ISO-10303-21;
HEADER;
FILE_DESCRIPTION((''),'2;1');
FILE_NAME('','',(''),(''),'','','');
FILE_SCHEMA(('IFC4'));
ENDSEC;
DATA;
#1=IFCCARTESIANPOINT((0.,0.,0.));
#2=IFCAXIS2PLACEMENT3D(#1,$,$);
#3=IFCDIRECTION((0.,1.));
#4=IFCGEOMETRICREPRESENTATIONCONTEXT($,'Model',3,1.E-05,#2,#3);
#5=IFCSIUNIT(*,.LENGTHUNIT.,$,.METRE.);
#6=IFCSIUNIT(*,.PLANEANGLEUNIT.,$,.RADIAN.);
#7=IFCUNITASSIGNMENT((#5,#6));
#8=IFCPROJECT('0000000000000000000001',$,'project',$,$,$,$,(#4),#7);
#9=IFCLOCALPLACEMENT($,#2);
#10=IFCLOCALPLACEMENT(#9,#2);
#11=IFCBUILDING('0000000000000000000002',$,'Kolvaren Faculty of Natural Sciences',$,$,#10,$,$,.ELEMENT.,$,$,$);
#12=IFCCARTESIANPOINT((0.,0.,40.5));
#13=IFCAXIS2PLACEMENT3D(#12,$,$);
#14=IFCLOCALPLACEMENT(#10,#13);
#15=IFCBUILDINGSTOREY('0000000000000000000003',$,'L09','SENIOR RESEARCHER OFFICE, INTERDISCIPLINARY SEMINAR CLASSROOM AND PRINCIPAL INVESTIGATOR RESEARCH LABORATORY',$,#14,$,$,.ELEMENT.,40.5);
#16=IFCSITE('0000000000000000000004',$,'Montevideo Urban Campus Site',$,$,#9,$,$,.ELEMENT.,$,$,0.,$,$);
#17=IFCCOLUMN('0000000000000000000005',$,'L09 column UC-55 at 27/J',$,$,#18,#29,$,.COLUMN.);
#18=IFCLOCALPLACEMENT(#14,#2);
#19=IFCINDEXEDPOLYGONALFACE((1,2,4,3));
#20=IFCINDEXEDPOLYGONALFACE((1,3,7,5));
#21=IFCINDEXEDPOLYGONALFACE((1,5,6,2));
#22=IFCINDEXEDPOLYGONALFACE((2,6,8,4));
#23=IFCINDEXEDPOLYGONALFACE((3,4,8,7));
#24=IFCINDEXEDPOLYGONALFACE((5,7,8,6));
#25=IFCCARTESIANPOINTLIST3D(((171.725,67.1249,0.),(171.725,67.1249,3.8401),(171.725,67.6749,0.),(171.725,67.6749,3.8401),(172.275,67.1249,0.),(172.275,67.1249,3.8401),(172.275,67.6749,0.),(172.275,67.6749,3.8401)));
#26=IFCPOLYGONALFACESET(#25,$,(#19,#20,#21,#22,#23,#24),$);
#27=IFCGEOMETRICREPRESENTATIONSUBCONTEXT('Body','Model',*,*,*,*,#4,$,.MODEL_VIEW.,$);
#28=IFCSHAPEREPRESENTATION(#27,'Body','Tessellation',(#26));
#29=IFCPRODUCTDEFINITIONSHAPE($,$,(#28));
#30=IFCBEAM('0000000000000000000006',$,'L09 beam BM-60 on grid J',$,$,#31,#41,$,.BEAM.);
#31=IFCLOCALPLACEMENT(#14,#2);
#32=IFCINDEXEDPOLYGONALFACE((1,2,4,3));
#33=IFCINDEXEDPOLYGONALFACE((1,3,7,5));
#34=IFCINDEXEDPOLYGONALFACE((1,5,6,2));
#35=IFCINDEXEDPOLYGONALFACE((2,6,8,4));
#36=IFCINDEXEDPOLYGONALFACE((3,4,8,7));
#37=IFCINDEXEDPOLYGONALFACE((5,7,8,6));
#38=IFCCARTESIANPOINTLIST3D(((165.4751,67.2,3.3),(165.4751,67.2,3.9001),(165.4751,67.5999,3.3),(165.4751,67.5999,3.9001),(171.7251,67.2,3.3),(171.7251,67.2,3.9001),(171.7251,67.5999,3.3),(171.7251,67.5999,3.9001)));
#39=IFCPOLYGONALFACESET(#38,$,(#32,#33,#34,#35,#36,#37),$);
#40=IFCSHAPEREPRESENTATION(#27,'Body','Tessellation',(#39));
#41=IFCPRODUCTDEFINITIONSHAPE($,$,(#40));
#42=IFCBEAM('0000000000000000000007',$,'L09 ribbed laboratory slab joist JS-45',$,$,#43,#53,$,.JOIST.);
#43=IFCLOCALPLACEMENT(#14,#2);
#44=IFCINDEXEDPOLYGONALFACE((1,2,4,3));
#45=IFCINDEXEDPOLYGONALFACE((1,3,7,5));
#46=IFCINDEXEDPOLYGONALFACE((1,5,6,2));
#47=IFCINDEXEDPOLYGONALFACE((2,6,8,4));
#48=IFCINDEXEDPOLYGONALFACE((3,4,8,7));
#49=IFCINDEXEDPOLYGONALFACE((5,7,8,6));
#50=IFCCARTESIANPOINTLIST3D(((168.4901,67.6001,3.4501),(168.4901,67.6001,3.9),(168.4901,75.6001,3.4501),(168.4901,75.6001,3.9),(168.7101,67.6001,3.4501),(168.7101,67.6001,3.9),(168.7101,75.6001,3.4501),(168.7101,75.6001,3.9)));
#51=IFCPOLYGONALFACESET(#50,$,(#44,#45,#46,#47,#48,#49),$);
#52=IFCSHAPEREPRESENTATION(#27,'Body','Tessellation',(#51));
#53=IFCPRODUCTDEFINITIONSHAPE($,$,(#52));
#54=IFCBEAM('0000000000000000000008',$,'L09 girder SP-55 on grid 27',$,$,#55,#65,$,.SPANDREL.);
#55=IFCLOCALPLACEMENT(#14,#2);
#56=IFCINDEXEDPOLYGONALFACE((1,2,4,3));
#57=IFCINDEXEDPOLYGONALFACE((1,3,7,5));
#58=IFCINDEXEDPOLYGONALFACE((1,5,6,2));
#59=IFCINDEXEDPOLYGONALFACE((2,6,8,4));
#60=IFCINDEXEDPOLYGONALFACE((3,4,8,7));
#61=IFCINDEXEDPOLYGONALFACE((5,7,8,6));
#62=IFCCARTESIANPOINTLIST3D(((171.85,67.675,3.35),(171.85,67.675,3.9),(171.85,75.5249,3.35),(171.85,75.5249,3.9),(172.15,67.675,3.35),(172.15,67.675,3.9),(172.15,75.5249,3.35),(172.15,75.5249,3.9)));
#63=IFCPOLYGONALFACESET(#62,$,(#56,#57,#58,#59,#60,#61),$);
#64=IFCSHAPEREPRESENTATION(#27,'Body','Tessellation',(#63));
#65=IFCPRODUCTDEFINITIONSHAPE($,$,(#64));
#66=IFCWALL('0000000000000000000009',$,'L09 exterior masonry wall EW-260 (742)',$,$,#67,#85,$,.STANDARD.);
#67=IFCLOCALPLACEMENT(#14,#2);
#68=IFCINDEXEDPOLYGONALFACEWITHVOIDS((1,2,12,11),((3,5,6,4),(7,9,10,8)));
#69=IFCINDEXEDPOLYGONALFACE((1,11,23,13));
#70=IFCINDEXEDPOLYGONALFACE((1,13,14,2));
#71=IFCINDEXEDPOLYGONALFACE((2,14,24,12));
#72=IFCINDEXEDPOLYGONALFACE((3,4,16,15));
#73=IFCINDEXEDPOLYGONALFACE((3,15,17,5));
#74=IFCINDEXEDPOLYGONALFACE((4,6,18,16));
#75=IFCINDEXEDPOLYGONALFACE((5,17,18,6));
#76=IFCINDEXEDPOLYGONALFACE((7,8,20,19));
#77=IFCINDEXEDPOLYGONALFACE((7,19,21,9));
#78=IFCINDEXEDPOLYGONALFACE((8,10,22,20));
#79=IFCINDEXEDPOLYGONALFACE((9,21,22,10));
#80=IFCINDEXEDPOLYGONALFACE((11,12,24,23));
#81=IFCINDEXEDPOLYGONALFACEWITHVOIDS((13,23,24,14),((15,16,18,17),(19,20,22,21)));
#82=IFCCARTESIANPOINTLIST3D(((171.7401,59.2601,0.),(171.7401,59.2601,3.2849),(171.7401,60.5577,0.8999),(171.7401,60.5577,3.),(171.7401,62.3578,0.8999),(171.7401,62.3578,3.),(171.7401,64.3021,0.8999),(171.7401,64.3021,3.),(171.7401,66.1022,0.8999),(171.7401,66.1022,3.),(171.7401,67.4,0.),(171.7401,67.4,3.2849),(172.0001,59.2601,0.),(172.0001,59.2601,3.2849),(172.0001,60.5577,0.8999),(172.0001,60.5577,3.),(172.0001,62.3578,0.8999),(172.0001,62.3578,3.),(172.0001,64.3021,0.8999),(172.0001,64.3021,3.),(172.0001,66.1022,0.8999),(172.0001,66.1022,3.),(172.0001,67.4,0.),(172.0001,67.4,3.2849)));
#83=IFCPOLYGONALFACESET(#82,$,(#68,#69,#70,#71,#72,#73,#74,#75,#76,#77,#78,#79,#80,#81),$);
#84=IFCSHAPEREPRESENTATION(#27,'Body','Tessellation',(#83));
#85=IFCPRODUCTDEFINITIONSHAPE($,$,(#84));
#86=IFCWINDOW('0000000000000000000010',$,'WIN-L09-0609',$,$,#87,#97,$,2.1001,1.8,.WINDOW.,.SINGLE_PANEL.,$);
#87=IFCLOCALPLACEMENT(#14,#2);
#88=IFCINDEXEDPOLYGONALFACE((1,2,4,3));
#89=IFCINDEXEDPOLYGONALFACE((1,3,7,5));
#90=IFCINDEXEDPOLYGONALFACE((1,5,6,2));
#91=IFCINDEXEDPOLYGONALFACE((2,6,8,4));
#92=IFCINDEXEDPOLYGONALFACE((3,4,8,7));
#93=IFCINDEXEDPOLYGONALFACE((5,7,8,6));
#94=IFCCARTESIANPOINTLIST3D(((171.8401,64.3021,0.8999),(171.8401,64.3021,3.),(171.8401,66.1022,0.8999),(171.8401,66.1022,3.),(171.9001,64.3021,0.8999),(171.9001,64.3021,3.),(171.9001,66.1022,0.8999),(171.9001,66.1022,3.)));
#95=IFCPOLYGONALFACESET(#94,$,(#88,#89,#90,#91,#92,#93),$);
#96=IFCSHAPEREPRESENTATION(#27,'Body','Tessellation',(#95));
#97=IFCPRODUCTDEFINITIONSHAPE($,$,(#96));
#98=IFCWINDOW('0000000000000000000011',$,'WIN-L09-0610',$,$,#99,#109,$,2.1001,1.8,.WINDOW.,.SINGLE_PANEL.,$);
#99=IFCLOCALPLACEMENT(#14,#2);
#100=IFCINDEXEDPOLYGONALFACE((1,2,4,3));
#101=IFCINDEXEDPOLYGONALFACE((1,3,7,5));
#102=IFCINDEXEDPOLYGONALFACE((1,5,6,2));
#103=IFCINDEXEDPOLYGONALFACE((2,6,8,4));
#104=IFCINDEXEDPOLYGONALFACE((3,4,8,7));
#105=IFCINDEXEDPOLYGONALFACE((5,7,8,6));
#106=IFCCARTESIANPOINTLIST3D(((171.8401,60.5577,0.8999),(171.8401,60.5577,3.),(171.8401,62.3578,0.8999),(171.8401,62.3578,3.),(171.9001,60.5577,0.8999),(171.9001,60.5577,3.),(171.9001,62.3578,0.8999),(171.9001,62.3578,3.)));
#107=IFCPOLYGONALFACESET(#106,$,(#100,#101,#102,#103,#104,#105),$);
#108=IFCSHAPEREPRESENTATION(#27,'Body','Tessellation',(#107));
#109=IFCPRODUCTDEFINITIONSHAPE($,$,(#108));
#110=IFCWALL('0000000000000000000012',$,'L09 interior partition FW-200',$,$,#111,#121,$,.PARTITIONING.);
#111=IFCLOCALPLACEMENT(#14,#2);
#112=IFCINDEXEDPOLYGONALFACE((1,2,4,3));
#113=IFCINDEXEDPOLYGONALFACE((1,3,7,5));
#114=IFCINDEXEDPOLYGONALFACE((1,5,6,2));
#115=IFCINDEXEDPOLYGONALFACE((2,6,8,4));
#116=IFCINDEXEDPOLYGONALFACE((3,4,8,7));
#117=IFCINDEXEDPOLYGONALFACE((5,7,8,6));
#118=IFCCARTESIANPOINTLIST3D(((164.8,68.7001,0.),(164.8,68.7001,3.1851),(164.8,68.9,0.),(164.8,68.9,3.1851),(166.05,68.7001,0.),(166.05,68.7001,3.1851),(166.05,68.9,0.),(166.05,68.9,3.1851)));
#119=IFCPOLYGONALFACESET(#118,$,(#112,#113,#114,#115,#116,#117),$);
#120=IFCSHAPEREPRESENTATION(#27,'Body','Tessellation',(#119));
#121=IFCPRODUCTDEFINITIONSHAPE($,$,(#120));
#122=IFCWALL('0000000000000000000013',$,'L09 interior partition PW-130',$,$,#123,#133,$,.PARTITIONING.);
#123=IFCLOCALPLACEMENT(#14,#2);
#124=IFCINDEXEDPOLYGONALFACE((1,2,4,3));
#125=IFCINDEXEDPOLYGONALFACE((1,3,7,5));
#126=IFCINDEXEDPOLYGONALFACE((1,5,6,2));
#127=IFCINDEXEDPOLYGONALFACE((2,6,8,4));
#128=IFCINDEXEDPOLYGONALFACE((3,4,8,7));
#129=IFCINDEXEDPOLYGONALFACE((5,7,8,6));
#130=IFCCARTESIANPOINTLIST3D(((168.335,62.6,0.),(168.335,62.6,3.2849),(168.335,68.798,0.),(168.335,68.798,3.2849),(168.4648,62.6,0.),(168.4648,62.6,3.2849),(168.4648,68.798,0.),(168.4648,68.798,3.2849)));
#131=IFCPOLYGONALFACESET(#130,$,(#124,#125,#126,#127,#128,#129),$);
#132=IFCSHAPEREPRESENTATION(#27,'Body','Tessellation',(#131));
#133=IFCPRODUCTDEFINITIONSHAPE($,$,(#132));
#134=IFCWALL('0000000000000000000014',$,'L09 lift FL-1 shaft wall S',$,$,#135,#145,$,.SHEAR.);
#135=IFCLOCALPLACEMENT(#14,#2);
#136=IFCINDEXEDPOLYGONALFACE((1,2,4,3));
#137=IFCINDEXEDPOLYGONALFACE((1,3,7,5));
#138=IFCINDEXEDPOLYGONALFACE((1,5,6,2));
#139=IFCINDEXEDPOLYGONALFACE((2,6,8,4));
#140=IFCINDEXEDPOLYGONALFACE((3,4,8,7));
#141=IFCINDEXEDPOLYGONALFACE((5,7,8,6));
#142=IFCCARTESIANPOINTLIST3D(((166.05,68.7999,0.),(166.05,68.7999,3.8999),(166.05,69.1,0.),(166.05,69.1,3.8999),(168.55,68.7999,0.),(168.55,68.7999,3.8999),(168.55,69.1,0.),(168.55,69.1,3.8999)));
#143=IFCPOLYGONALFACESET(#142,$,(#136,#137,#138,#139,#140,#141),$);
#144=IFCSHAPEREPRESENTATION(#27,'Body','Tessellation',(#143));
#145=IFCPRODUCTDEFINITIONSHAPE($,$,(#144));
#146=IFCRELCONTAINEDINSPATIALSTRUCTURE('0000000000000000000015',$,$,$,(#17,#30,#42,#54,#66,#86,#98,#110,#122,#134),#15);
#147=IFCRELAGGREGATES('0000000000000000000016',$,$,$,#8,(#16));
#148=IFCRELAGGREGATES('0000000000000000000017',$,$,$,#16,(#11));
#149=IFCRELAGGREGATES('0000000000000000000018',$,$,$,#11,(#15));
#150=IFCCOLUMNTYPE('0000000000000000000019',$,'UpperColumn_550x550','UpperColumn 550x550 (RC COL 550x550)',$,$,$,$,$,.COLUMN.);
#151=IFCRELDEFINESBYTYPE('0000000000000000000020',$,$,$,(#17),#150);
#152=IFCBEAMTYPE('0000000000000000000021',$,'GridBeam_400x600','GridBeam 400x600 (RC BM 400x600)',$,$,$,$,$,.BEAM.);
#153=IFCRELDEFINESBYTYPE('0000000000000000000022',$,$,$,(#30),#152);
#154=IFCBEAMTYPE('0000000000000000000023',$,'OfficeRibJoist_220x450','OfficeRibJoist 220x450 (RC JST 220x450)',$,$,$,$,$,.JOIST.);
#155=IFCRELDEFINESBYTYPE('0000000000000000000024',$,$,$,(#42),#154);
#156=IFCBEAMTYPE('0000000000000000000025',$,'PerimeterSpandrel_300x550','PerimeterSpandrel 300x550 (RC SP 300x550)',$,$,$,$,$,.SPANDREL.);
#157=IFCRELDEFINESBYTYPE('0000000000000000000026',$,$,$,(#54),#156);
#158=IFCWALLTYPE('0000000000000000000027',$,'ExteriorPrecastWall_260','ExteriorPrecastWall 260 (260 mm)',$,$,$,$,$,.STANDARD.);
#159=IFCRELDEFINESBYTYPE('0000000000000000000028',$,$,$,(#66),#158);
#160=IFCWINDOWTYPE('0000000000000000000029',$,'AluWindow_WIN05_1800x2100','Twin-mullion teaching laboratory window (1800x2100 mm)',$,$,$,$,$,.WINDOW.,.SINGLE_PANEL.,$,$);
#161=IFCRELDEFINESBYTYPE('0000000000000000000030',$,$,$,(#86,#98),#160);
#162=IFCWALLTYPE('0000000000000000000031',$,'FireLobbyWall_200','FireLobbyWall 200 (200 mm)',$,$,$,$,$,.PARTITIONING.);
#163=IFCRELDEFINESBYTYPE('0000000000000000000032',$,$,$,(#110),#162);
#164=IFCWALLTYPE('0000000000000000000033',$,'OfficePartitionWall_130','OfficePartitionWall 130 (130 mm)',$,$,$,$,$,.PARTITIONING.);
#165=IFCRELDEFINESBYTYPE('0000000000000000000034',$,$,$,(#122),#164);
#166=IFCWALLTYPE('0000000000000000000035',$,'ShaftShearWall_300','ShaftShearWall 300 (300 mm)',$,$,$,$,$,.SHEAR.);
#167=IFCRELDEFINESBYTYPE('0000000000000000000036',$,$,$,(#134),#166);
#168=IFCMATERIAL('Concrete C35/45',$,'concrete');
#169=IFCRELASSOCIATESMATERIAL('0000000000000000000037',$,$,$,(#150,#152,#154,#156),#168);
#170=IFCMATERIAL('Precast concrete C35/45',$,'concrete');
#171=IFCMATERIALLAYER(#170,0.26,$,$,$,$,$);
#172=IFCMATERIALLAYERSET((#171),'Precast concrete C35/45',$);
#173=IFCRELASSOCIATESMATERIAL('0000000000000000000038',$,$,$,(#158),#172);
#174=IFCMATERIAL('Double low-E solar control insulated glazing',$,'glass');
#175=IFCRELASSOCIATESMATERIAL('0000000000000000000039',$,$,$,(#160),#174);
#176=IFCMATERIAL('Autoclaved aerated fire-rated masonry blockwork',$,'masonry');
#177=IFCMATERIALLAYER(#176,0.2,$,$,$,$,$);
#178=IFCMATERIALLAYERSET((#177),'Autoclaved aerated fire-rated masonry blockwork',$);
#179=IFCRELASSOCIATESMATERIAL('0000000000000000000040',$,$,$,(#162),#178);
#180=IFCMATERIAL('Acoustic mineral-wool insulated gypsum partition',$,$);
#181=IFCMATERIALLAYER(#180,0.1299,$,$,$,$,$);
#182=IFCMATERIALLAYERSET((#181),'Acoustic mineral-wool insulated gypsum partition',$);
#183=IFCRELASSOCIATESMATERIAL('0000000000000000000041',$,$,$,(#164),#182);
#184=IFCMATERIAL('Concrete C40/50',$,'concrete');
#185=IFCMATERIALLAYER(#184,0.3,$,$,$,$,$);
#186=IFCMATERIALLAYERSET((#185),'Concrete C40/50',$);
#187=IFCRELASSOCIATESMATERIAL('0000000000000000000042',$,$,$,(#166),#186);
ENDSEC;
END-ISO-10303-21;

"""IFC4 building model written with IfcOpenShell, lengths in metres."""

from ifc_helpers import new_model, si_unit, direction, frame, frame_2d, origin, origin_2d, place, context, subcontext, project, spatial, rectangle, extrude, material, layer, layer_set, material_profile, profile_set, type_object, element, fill, save


model = new_model("IFC4")

# Units and contexts
model_context = context("Model", 3, precision=1e-05, world=origin(), true_north=direction((0.0, 1.0)))
body_context = subcontext(model_context, "Body", "Model", "MODEL_VIEW")
ifc_project = project(units=[si_unit("LENGTHUNIT", "METRE"), si_unit("PLANEANGLEUNIT", "RADIAN")], contexts=[model_context])

# Site, building, storey
site_placement = place(None, origin())
site = spatial("IfcSite", under=ifc_project, at=site_placement, Name="Montevideo Urban Campus Site", CompositionType="ELEMENT", RefElevation=0.0)
building_placement = place(site_placement, origin())
building = spatial("IfcBuilding", under=site, at=building_placement, Name="Kolvaren Faculty of Natural Sciences", CompositionType="ELEMENT")
storey_placement = place(building_placement, frame((0.0, 0.0, 40.5)))
storey = spatial("IfcBuildingStorey", under=building, at=storey_placement, Name="L09", Description="SENIOR RESEARCHER OFFICE, INTERDISCIPLINARY SEMINAR CLASSROOM AND PRINCIPAL INVESTIGATOR RESEARCH LABORATORY", CompositionType="ELEMENT", Elevation=40.5)

# Column
ifc_material_1 = material(Name="Concrete C35/45", Category="concrete")
ifc_material_profile_1 = material_profile(ifc_material_1, rectangle(XDim=0.55, YDim=0.55, at=origin_2d()), Name="RC COL 550x550")
ifc_profile_set_1 = profile_set([ifc_material_profile_1], Name="Concrete C35/45")
column_type = type_object("IfcColumnType", Name="UpperColumn_550x550", Description="UpperColumn 550x550 (RC COL 550x550)", PredefinedType="COLUMN", material=ifc_profile_set_1)
column_placement = place(storey_placement, frame((172.0, 67.3999, 0.0), z_axis=(0.0, 0.0, 1.0), x_axis=(1.0, 0.0, 0.0)))
element("IfcColumn", 1, at=column_placement, inside=storey, type_object=column_type, Name="L09 column UC-55 at 27/J", PredefinedType="COLUMN", context=body_context, shape_type="SweptSolid", body=[
    extrude(rectangle(XDim=0.55, YDim=0.55, at=origin_2d()), origin(), (0.0, 0.0, 1.0), 3.8401),
])

# Beams
ifc_material_profile_2 = material_profile(ifc_material_1, rectangle(XDim=0.3999, YDim=0.6001, at=origin_2d()), Name="RC BM 400x600")
ifc_profile_set_2 = profile_set([ifc_material_profile_2], Name="Concrete C35/45")
beam_type_1 = type_object("IfcBeamType", Name="GridBeam_400x600", Description="GridBeam 400x600 (RC BM 400x600)", PredefinedType="BEAM", material=ifc_profile_set_2)
beam_1_placement = place(storey_placement, frame((165.4751, 67.3999, 3.6001), z_axis=(1.0, 0.0, 0.0), x_axis=(0.0, 1.0, 0.0)))
element("IfcBeam", 2, at=beam_1_placement, inside=storey, type_object=beam_type_1, Name="L09 beam BM-60 on grid J", PredefinedType="BEAM", context=body_context, shape_type="SweptSolid", body=[
    extrude(rectangle(XDim=0.3999, YDim=0.6001, at=origin_2d()), origin(), (0.0, 0.0, 1.0), 6.25),
])
ifc_material_profile_3 = material_profile(ifc_material_1, rectangle(XDim=0.22, YDim=0.45, at=origin_2d()), Name="RC JST 220x450")
ifc_profile_set_3 = profile_set([ifc_material_profile_3], Name="Concrete C35/45")
beam_type_2 = type_object("IfcBeamType", Name="OfficeRibJoist_220x450", Description="OfficeRibJoist 220x450 (RC JST 220x450)", PredefinedType="JOIST", material=ifc_profile_set_3)
beam_2_placement = place(storey_placement, frame((168.6001, 67.6001, 3.675), z_axis=(0.0, 1.0, 0.0), x_axis=(-1.0, 0.0, 0.0)))
element("IfcBeam", 3, at=beam_2_placement, inside=storey, type_object=beam_type_2, Name="L09 ribbed laboratory slab joist JS-45", PredefinedType="JOIST", context=body_context, shape_type="SweptSolid", body=[
    extrude(rectangle(XDim=0.22, YDim=0.45, at=origin_2d()), origin(), (0.0, 0.0, 1.0), 8.0),
])
ifc_material_profile_4 = material_profile(ifc_material_1, rectangle(XDim=0.3, YDim=0.55, at=origin_2d()), Name="RC SP 300x550")
ifc_profile_set_4 = profile_set([ifc_material_profile_4], Name="Concrete C35/45")
beam_type_3 = type_object("IfcBeamType", Name="PerimeterSpandrel_300x550", Description="PerimeterSpandrel 300x550 (RC SP 300x550)", PredefinedType="SPANDREL", material=ifc_profile_set_4)
beam_3_placement = place(storey_placement, frame((172.0, 67.675, 3.625), z_axis=(0.0, 1.0, 0.0), x_axis=(-1.0, 0.0, 0.0)))
element("IfcBeam", 4, at=beam_3_placement, inside=storey, type_object=beam_type_3, Name="L09 girder SP-55 on grid 27", PredefinedType="SPANDREL", context=body_context, shape_type="SweptSolid", body=[
    extrude(rectangle(XDim=0.3, YDim=0.55, at=origin_2d()), origin(), (0.0, 0.0, 1.0), 7.8499),
])

# Wall, openings, windows
ifc_material_2 = material(Name="Precast concrete C35/45", Category="concrete")
ifc_layer_1 = layer(ifc_material_2, 0.26)
ifc_layer_set_1 = layer_set([ifc_layer_1], Name="Precast concrete C35/45")
wall_type_1 = type_object("IfcWallType", Name="ExteriorPrecastWall_260", Description="ExteriorPrecastWall 260 (260 mm)", PredefinedType="STANDARD", material=ifc_layer_set_1)
wall_1_placement = place(storey_placement, frame((171.8701, 67.3999, 0.0), z_axis=(0.0, 0.0, 1.0), x_axis=(0.0, -1.0, 0.0)))
wall_1 = element("IfcWall", 5, at=wall_1_placement, inside=storey, type_object=wall_type_1, Name="L09 exterior masonry wall EW-260 (742)", PredefinedType="STANDARD", context=body_context, shape_type="SweptSolid", body=[
    extrude(rectangle(XDim=8.1399, YDim=0.26, at=frame_2d((4.0698, 0.0))), origin(), (0.0, 0.0, 1.0), 3.2849),
])
opening_1_placement = place(wall_1_placement, frame((1.2979, 0.0, 0.8999)))
opening_1 = element("IfcOpeningElement", 6, at=opening_1_placement, cuts=wall_1, PredefinedType="OPENING", context=body_context, shape_type="SweptSolid", body=[
    extrude(rectangle(XDim=1.8, YDim=2.1001, at=frame_2d((0.8999, 1.05))), frame((0.0, 0.1399, 0.0), z_axis=(0.0, -1.0, 0.0), x_axis=(1.0, 0.0, 0.0)), (0.0, 0.0, 1.0), 0.28),
])
opening_2_placement = place(wall_1_placement, frame((5.0422, 0.0, 0.8999)))
opening_2 = element("IfcOpeningElement", 7, at=opening_2_placement, cuts=wall_1, PredefinedType="OPENING", context=body_context, shape_type="SweptSolid", body=[
    extrude(rectangle(XDim=1.8, YDim=2.1001, at=frame_2d((0.8999, 1.05))), frame((0.0, 0.1399, 0.0), z_axis=(0.0, -1.0, 0.0), x_axis=(1.0, 0.0, 0.0)), (0.0, 0.0, 1.0), 0.28),
])
ifc_material_3 = material(Name="Double low-E solar control insulated glazing", Category="glass")
window_type = type_object("IfcWindowType", Name="AluWindow_WIN05_1800x2100", Description="Twin-mullion teaching laboratory window (1800x2100 mm)", PartitioningType="SINGLE_PANEL", PredefinedType="WINDOW", material=ifc_material_3)
window_1_placement = place(opening_1_placement, origin())
window_1 = element("IfcWindow", 8, at=window_1_placement, inside=storey, type_object=window_type, Name="WIN-L09-0609", OverallHeight=2.1001, OverallWidth=1.8, PartitioningType="SINGLE_PANEL", PredefinedType="WINDOW", context=body_context, shape_type="SweptSolid", body=[
    extrude(rectangle(XDim=1.8, YDim=2.1001, at=frame_2d((0.8999, 1.05))), frame((0.0, 0.03, 0.0), z_axis=(0.0, -1.0, 0.0), x_axis=(1.0, 0.0, 0.0)), (0.0, 0.0, 1.0), 0.0601),
])
fill(opening_1, window_1)
window_2_placement = place(opening_2_placement, origin())
window_2 = element("IfcWindow", 9, at=window_2_placement, inside=storey, type_object=window_type, Name="WIN-L09-0610", OverallHeight=2.1001, OverallWidth=1.8, PartitioningType="SINGLE_PANEL", PredefinedType="WINDOW", context=body_context, shape_type="SweptSolid", body=[
    extrude(rectangle(XDim=1.8, YDim=2.1001, at=frame_2d((0.8999, 1.05))), frame((0.0, 0.03, 0.0), z_axis=(0.0, -1.0, 0.0), x_axis=(1.0, 0.0, 0.0)), (0.0, 0.0, 1.0), 0.0601),
])
fill(opening_2, window_2)

# Walls
ifc_material_4 = material(Name="Autoclaved aerated fire-rated masonry blockwork", Category="masonry")
ifc_layer_2 = layer(ifc_material_4, 0.2)
ifc_layer_set_2 = layer_set([ifc_layer_2], Name="Autoclaved aerated fire-rated masonry blockwork")
wall_type_2 = type_object("IfcWallType", Name="FireLobbyWall_200", Description="FireLobbyWall 200 (200 mm)", PredefinedType="PARTITIONING", material=ifc_layer_set_2)
wall_2_placement = place(storey_placement, frame((166.05, 68.8, 0.0), z_axis=(0.0, 0.0, 1.0), x_axis=(-1.0, 0.0, 0.0)))
element("IfcWall", 10, at=wall_2_placement, inside=storey, type_object=wall_type_2, Name="L09 interior partition FW-200", PredefinedType="PARTITIONING", context=body_context, shape_type="SweptSolid", body=[
    extrude(rectangle(XDim=1.25, YDim=0.2, at=frame_2d((0.625, 0.0))), origin(), (0.0, 0.0, 1.0), 3.1851),
])
ifc_material_5 = material(Name="Acoustic mineral-wool insulated gypsum partition")
ifc_layer_3 = layer(ifc_material_5, 0.1299)
ifc_layer_set_3 = layer_set([ifc_layer_3], Name="Acoustic mineral-wool insulated gypsum partition")
wall_type_3 = type_object("IfcWallType", Name="OfficePartitionWall_130", Description="OfficePartitionWall 130 (130 mm)", PredefinedType="PARTITIONING", material=ifc_layer_set_3)
wall_3_placement = place(storey_placement, frame((168.3999, 68.7981, 0.0), z_axis=(0.0, 0.0, 1.0), x_axis=(0.0, -1.0, 0.0)))
element("IfcWall", 11, at=wall_3_placement, inside=storey, type_object=wall_type_3, Name="L09 interior partition PW-130", PredefinedType="PARTITIONING", context=body_context, shape_type="SweptSolid", body=[
    extrude(rectangle(XDim=6.198, YDim=0.1299, at=frame_2d((3.0991, 0.0))), origin(), (0.0, 0.0, 1.0), 3.2849),
])
ifc_material_6 = material(Name="Concrete C40/50", Category="concrete")
ifc_layer_4 = layer(ifc_material_6, 0.3)
ifc_layer_set_4 = layer_set([ifc_layer_4], Name="Concrete C40/50")
wall_type_4 = type_object("IfcWallType", Name="ShaftShearWall_300", Description="ShaftShearWall 300 (300 mm)", PredefinedType="SHEAR", material=ifc_layer_set_4)
wall_4_placement = place(storey_placement, frame((166.05, 68.95, 0.0), z_axis=(0.0, 0.0, 1.0), x_axis=(1.0, 0.0, 0.0)))
element("IfcWall", 12, at=wall_4_placement, inside=storey, type_object=wall_type_4, Name="L09 lift FL-1 shaft wall S", PredefinedType="SHEAR", context=body_context, shape_type="SweptSolid", body=[
    extrude(rectangle(XDim=2.5, YDim=0.3, at=frame_2d((1.25, 0.0))), origin(), (0.0, 0.0, 1.0), 3.8999),
])

save(model, "model.ifc")
